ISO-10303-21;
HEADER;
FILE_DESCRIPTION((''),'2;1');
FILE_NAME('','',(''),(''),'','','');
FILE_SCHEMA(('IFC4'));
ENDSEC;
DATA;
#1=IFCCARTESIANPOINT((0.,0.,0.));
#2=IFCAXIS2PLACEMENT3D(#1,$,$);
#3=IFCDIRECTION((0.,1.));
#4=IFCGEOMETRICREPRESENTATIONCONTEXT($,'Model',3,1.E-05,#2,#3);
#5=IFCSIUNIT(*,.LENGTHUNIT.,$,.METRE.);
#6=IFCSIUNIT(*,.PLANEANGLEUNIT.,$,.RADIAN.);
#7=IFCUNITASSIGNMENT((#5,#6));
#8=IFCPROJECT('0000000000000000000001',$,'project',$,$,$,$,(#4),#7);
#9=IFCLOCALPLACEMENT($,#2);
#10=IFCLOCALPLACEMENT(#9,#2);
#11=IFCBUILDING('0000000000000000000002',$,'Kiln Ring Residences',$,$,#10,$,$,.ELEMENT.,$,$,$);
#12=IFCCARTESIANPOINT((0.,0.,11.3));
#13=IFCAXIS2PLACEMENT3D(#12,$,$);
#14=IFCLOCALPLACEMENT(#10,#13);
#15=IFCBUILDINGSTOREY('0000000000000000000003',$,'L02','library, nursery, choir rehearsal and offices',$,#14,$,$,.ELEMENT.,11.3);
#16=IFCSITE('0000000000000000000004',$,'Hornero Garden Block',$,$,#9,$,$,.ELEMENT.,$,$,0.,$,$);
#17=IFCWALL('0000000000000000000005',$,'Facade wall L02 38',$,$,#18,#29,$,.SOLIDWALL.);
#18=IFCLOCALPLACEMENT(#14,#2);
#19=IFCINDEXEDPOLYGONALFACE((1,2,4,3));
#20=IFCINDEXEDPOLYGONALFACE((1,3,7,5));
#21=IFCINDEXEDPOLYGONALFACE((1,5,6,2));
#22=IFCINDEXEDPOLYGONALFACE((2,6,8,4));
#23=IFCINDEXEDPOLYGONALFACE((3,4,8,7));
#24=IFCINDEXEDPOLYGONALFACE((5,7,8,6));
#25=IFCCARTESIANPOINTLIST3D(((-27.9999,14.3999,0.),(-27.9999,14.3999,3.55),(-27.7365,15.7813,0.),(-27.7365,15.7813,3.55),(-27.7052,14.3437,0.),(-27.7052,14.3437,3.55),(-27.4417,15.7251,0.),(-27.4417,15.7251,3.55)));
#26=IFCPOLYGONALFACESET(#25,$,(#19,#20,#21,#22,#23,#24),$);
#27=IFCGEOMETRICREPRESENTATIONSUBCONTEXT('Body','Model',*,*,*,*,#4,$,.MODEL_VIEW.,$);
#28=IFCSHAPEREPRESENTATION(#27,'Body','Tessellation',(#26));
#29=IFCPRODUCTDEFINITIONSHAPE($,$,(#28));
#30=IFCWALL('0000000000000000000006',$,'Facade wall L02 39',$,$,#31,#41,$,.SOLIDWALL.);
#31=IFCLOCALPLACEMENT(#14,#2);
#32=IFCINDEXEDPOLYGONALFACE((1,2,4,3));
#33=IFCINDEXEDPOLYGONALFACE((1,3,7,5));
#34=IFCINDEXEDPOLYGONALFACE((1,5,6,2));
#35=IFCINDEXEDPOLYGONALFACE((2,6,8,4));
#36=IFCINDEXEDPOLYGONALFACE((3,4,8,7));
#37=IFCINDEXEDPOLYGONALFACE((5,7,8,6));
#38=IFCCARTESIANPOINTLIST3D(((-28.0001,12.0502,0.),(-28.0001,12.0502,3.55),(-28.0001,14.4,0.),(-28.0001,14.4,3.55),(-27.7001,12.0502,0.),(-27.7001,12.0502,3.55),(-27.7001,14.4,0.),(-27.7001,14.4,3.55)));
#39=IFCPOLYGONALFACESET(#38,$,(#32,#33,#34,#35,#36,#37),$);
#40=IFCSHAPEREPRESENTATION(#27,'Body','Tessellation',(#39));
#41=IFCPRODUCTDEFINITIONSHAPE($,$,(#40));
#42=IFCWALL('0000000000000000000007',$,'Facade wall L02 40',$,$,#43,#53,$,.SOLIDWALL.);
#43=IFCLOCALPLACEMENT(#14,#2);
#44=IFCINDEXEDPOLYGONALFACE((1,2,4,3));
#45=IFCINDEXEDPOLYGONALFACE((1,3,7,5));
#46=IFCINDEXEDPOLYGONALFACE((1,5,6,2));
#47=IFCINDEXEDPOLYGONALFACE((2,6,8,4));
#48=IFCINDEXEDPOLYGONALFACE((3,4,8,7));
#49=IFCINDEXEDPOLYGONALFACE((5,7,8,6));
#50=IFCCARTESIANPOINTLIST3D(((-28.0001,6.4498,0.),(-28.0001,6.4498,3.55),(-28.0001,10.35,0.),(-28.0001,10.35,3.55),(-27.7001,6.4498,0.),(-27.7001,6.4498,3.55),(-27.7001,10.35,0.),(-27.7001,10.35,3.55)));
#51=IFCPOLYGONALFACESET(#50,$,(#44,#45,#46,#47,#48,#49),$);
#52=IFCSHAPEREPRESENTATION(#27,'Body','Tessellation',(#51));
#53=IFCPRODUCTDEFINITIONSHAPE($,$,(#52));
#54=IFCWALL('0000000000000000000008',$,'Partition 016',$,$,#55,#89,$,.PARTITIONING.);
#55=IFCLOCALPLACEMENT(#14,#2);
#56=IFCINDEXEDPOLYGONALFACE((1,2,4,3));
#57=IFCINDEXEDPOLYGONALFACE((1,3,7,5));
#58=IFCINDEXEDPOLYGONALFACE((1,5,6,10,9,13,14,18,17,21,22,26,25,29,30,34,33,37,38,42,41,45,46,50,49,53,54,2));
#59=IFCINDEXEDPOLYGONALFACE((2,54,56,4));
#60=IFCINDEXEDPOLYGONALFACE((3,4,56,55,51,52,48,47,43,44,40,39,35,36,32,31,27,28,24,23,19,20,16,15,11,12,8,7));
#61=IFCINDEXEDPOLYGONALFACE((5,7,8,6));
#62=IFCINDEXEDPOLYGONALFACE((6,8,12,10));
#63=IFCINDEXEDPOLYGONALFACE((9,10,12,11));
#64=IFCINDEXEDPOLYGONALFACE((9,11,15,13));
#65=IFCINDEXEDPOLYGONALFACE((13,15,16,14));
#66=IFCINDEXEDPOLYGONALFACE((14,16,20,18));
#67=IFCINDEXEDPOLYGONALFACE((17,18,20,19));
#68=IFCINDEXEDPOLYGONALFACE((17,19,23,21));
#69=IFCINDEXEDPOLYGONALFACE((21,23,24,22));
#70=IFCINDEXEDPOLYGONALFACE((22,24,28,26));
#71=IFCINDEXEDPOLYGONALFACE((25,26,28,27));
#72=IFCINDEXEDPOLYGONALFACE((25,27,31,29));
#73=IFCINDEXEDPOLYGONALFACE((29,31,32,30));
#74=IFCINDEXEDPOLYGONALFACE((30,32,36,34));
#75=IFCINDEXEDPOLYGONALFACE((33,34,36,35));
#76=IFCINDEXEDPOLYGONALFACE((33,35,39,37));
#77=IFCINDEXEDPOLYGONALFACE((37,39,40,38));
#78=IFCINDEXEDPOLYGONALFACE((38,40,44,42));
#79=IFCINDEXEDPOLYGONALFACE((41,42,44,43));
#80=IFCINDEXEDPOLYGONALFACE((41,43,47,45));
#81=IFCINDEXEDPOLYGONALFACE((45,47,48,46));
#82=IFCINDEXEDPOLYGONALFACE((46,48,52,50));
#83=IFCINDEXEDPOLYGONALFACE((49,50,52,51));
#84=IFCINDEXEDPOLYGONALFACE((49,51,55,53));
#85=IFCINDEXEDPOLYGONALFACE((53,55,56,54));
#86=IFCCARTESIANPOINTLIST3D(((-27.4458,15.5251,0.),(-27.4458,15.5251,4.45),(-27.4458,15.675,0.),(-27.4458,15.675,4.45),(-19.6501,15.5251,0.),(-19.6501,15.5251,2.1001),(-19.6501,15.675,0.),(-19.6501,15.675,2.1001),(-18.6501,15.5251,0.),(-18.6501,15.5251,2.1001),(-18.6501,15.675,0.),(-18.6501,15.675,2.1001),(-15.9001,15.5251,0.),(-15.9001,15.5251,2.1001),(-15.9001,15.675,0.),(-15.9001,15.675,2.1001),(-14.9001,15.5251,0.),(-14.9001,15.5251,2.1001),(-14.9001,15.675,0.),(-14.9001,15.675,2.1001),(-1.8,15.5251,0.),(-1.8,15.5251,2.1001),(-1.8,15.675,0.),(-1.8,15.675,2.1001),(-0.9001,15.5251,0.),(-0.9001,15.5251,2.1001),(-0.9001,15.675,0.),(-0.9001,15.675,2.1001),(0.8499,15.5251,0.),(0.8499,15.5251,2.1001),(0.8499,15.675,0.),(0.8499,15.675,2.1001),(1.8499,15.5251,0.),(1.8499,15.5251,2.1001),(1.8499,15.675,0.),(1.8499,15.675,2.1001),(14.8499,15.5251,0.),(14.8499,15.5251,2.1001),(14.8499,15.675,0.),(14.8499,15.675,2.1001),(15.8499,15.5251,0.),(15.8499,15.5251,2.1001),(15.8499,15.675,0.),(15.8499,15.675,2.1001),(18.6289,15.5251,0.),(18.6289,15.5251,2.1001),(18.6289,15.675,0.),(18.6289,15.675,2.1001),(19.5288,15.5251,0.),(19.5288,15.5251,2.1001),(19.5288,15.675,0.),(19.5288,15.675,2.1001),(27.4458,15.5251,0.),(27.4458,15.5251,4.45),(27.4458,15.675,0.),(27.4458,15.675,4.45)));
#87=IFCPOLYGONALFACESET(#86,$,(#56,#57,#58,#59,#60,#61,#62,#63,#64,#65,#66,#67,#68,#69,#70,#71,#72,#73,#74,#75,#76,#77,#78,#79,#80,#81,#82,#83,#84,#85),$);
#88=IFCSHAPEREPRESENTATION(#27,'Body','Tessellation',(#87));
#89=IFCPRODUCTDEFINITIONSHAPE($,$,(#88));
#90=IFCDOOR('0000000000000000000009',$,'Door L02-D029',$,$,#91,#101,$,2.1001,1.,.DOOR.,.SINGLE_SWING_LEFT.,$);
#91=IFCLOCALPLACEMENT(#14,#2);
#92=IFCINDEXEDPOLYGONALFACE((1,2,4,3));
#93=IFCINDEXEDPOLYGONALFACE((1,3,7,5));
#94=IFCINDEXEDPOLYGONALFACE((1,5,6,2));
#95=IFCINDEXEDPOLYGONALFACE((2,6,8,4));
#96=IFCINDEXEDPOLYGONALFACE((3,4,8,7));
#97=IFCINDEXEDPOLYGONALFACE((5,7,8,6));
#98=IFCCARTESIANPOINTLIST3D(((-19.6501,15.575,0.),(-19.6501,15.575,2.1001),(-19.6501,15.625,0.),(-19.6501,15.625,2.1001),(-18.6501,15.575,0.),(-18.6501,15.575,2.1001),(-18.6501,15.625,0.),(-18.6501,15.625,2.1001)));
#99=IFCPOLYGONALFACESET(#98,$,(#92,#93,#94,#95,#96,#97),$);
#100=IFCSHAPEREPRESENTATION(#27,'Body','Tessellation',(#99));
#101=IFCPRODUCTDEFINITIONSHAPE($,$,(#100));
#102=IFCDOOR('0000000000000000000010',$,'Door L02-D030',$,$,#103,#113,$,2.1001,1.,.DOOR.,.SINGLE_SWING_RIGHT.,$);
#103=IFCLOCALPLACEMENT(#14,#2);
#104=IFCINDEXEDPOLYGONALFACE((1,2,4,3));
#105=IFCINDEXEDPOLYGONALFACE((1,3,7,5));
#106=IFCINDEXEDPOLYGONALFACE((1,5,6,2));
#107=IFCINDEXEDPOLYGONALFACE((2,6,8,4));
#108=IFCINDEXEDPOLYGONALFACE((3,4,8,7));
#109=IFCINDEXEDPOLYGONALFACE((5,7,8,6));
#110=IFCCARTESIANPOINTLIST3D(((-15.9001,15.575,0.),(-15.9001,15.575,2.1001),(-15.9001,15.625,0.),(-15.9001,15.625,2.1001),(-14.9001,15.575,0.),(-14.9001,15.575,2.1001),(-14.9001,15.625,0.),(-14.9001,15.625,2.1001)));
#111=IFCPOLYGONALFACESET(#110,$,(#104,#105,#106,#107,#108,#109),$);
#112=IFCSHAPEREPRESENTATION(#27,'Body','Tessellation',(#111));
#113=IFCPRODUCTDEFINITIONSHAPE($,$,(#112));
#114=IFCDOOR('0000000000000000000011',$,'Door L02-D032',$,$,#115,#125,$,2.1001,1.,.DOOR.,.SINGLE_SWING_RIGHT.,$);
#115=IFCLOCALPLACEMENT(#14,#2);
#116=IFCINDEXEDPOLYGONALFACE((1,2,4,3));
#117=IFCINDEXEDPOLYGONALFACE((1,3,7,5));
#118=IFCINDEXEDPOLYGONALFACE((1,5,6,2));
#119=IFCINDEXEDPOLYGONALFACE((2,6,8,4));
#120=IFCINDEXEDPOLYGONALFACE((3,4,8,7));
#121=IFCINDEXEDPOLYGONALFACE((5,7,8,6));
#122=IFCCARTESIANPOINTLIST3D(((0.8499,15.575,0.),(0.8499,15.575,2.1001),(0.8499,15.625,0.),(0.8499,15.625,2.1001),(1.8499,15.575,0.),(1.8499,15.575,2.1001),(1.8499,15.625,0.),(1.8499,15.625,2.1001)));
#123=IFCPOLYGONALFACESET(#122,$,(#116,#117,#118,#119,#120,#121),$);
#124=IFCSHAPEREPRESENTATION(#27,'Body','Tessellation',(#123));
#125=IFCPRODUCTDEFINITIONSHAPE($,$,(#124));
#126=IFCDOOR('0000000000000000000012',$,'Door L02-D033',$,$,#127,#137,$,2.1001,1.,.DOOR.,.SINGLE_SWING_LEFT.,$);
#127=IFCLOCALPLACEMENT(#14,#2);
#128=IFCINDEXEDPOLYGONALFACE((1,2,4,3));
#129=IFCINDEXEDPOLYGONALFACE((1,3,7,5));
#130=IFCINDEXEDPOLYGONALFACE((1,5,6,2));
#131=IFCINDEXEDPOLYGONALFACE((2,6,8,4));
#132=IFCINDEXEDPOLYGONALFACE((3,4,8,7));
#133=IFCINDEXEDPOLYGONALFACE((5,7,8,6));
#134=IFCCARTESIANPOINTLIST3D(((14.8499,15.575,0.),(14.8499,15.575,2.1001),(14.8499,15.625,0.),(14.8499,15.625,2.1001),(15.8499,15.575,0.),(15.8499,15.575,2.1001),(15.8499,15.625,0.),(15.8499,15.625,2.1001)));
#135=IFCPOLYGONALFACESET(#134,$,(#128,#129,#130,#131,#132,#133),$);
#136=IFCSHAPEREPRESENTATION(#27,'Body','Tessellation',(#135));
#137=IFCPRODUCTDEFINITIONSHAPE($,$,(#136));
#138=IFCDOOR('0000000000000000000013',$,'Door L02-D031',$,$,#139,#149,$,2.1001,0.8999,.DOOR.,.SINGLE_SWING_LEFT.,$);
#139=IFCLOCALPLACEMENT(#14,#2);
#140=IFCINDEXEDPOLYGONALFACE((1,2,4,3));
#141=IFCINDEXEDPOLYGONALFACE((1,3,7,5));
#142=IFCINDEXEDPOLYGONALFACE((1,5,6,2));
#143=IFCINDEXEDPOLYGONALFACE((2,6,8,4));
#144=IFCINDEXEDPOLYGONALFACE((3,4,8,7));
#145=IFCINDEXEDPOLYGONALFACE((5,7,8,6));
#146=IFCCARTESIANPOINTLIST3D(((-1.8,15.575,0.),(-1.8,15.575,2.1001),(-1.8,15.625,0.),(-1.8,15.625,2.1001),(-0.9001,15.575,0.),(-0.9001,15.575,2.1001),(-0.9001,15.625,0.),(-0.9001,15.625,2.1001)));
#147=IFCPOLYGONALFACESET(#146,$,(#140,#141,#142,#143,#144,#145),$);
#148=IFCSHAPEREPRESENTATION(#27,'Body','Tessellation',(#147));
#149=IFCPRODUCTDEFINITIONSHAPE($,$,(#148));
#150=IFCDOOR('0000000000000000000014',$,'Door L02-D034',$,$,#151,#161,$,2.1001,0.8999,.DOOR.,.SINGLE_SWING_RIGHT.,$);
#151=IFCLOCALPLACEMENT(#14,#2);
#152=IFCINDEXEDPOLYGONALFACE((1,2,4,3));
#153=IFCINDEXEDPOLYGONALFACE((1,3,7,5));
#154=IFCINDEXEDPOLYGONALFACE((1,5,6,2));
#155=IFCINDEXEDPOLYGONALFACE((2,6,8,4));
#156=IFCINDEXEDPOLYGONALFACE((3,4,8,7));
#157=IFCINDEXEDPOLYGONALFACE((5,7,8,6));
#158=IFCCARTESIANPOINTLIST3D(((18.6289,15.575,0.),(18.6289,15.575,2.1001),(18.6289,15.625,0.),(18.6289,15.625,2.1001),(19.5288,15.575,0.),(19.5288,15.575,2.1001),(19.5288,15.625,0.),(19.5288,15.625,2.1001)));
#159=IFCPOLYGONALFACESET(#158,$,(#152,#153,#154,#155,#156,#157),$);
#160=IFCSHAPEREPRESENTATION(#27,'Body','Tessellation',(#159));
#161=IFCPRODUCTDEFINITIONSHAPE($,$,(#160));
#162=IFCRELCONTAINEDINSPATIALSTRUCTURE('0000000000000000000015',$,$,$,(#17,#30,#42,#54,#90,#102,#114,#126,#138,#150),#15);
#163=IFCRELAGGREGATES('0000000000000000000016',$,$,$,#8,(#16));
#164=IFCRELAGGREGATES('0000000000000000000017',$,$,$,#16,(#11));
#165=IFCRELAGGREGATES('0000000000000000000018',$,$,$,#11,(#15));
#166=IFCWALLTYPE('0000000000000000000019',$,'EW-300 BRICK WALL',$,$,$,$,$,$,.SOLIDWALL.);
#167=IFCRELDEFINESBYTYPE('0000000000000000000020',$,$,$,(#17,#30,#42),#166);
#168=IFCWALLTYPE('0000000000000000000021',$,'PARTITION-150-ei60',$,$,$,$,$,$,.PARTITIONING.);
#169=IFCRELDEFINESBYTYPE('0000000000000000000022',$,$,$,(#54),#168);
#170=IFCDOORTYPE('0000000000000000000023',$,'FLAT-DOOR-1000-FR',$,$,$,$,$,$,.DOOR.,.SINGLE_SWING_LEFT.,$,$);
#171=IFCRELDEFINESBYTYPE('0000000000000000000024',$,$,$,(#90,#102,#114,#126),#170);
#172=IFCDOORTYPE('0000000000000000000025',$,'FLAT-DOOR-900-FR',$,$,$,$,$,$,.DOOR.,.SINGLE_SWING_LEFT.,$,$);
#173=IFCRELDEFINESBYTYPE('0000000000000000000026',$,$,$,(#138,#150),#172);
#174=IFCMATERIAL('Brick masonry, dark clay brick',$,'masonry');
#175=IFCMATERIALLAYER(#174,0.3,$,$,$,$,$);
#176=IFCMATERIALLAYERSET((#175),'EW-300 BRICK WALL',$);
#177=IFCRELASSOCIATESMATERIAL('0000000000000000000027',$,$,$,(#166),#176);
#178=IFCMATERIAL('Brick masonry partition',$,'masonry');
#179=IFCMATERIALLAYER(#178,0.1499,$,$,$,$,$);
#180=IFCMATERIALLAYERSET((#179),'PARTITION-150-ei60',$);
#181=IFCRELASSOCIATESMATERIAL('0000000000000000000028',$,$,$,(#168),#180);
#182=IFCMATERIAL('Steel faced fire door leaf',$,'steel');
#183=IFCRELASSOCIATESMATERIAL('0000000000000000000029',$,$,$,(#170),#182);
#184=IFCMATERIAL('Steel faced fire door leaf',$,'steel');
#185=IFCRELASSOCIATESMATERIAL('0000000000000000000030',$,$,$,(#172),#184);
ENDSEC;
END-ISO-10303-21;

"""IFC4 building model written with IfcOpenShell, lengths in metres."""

from ifc_helpers import new_model, si_unit, direction, frame, frame_2d, origin, place, context, subcontext, project, spatial, rectangle, extrude, material, layer, layer_set, type_object, element, fill, save


model = new_model("IFC4")

# Units and contexts
model_context = context("Model", 3, precision=1e-05, world=origin(), true_north=direction((0.0, 1.0)))
body_context = subcontext(model_context, "Body", "Model", "MODEL_VIEW")
ifc_project = project(units=[si_unit("LENGTHUNIT", "METRE"), si_unit("PLANEANGLEUNIT", "RADIAN")], contexts=[model_context])

# Site, building, storey
site_placement = place(None, origin())
site = spatial("IfcSite", under=ifc_project, at=site_placement, Name="Hornero Garden Block", CompositionType="ELEMENT", RefElevation=0.0)
building_placement = place(site_placement, origin())
building = spatial("IfcBuilding", under=site, at=building_placement, Name="Kiln Ring Residences", CompositionType="ELEMENT")
storey_placement = place(building_placement, frame((0.0, 0.0, 11.3)))
storey = spatial("IfcBuildingStorey", under=building, at=storey_placement, Name="L02", Description="library, nursery, choir rehearsal and offices", CompositionType="ELEMENT", Elevation=11.3)

# Shared definitions
ifc_material_1 = material(Name="Brick masonry, dark clay brick", Category="masonry")
ifc_layer_1 = layer(ifc_material_1, 0.3)
ifc_layer_set_1 = layer_set([ifc_layer_1], Name="EW-300 BRICK WALL")
wall_type_1 = type_object("IfcWallType", Name="EW-300 BRICK WALL", PredefinedType="SOLIDWALL", material=ifc_layer_set_1)

# Walls
wall_1_placement = place(storey_placement, frame((-27.5891, 15.7532, 0.0), z_axis=(0.0, 0.0, 1.0), x_axis=(-0.187328, -0.982298, 0.0)))
element("IfcWall", 1, at=wall_1_placement, inside=storey, type_object=wall_type_1, Name="Facade wall L02 38", PredefinedType="SOLIDWALL", context=body_context, shape_type="SweptSolid", body=[
    extrude(rectangle(XDim=1.4062, YDim=0.3, at=frame_2d((0.7031, 0.0))), origin(), (0.0, 0.0, 1.0), 3.55),
])
wall_2_placement = place(storey_placement, frame((-27.8501, 14.3999, 0.0), z_axis=(0.0, 0.0, 1.0), x_axis=(0.0, -1.0, 0.0)))
element("IfcWall", 2, at=wall_2_placement, inside=storey, type_object=wall_type_1, Name="Facade wall L02 39", PredefinedType="SOLIDWALL", context=body_context, shape_type="SweptSolid", body=[
    extrude(rectangle(XDim=2.3499, YDim=0.3, at=frame_2d((1.1748, 0.0))), origin(), (0.0, 0.0, 1.0), 3.55),
])
wall_3_placement = place(storey_placement, frame((-27.8501, 10.3501, 0.0), z_axis=(0.0, 0.0, 1.0), x_axis=(0.0, -1.0, 0.0)))
element("IfcWall", 3, at=wall_3_placement, inside=storey, type_object=wall_type_1, Name="Facade wall L02 40", PredefinedType="SOLIDWALL", context=body_context, shape_type="SweptSolid", body=[
    extrude(rectangle(XDim=3.9001, YDim=0.3, at=frame_2d((1.9502, 0.0))), origin(), (0.0, 0.0, 1.0), 3.55),
])

# Wall, openings, doors
ifc_material_2 = material(Name="Brick masonry partition", Category="masonry")
ifc_layer_2 = layer(ifc_material_2, 0.1499)
ifc_layer_set_2 = layer_set([ifc_layer_2], Name="PARTITION-150-ei60")
wall_type_2 = type_object("IfcWallType", Name="PARTITION-150-ei60", PredefinedType="PARTITIONING", material=ifc_layer_set_2)
wall_4_placement = place(storey_placement, frame((-27.4458, 15.6001, 0.0), z_axis=(0.0, 0.0, 1.0), x_axis=(1.0, 0.0, 0.0)))
wall_4 = element("IfcWall", 4, at=wall_4_placement, inside=storey, type_object=wall_type_2, Name="Partition 016", PredefinedType="PARTITIONING", context=body_context, shape_type="SweptSolid", body=[
    extrude(rectangle(XDim=54.8916, YDim=0.1499, at=frame_2d((27.4458, 0.0))), origin(), (0.0, 0.0, 1.0), 4.45),
])
opening_1_placement = place(wall_4_placement, frame((7.7957, 0.0, 0.0)))
opening_1 = element("IfcOpeningElement", 5, at=opening_1_placement, cuts=wall_4, PredefinedType="OPENING", context=body_context, shape_type="SweptSolid", body=[
    extrude(rectangle(XDim=1.0, YDim=2.1001, at=frame_2d((0.5, 1.05))), frame((0.0, 0.085, 0.0), z_axis=(0.0, -1.0, 0.0), x_axis=(1.0, 0.0, 0.0)), (0.0, 0.0, 1.0), 0.1699),
])
opening_2_placement = place(wall_4_placement, frame((11.5457, 0.0, 0.0)))
opening_2 = element("IfcOpeningElement", 6, at=opening_2_placement, cuts=wall_4, PredefinedType="OPENING", context=body_context, shape_type="SweptSolid", body=[
    extrude(rectangle(XDim=1.0, YDim=2.1001, at=frame_2d((0.5, 1.05))), frame((0.0, 0.085, 0.0), z_axis=(0.0, -1.0, 0.0), x_axis=(1.0, 0.0, 0.0)), (0.0, 0.0, 1.0), 0.1699),
])
opening_3_placement = place(wall_4_placement, frame((25.6458, 0.0, 0.0)))
opening_3 = element("IfcOpeningElement", 7, at=opening_3_placement, cuts=wall_4, PredefinedType="OPENING", context=body_context, shape_type="SweptSolid", body=[
    extrude(rectangle(XDim=0.8999, YDim=2.1001, at=frame_2d((0.45, 1.05))), frame((0.0, 0.085, 0.0), z_axis=(0.0, -1.0, 0.0), x_axis=(1.0, 0.0, 0.0)), (0.0, 0.0, 1.0), 0.1699),
])
opening_4_placement = place(wall_4_placement, frame((28.2957, 0.0, 0.0)))
opening_4 = element("IfcOpeningElement", 8, at=opening_4_placement, cuts=wall_4, PredefinedType="OPENING", context=body_context, shape_type="SweptSolid", body=[
    extrude(rectangle(XDim=1.0, YDim=2.1001, at=frame_2d((0.5, 1.05))), frame((0.0, 0.085, 0.0), z_axis=(0.0, -1.0, 0.0), x_axis=(1.0, 0.0, 0.0)), (0.0, 0.0, 1.0), 0.1699),
])
opening_5_placement = place(wall_4_placement, frame((42.2957, 0.0, 0.0)))
opening_5 = element("IfcOpeningElement", 9, at=opening_5_placement, cuts=wall_4, PredefinedType="OPENING", context=body_context, shape_type="SweptSolid", body=[
    extrude(rectangle(XDim=1.0, YDim=2.1001, at=frame_2d((0.5, 1.05))), frame((0.0, 0.085, 0.0), z_axis=(0.0, -1.0, 0.0), x_axis=(1.0, 0.0, 0.0)), (0.0, 0.0, 1.0), 0.1699),
])
opening_6_placement = place(wall_4_placement, frame((46.0747, 0.0, 0.0)))
opening_6 = element("IfcOpeningElement", 10, at=opening_6_placement, cuts=wall_4, PredefinedType="OPENING", context=body_context, shape_type="SweptSolid", body=[
    extrude(rectangle(XDim=0.8999, YDim=2.1001, at=frame_2d((0.45, 1.05))), frame((0.0, 0.085, 0.0), z_axis=(0.0, -1.0, 0.0), x_axis=(1.0, 0.0, 0.0)), (0.0, 0.0, 1.0), 0.1699),
])
ifc_material_3 = material(Name="Steel faced fire door leaf", Category="steel")
door_type_1 = type_object("IfcDoorType", Name="FLAT-DOOR-1000-FR", OperationType="SINGLE_SWING_LEFT", PredefinedType="DOOR", material=ifc_material_3)
door_1_placement = place(opening_1_placement, origin())
door_1 = element("IfcDoor", 11, at=door_1_placement, inside=storey, type_object=door_type_1, Name="Door L02-D029", OperationType="SINGLE_SWING_LEFT", OverallHeight=2.1001, OverallWidth=1.0, PredefinedType="DOOR", context=body_context, shape_type="SweptSolid", body=[
    extrude(rectangle(XDim=1.0, YDim=2.1001, at=frame_2d((0.5, 1.05))), frame((0.0, 0.0249, 0.0), z_axis=(0.0, -1.0, 0.0), x_axis=(1.0, 0.0, 0.0)), (0.0, 0.0, 1.0), 0.05),
])
fill(opening_1, door_1)
door_2_placement = place(opening_2_placement, origin())
door_2 = element("IfcDoor", 12, at=door_2_placement, inside=storey, type_object=door_type_1, Name="Door L02-D030", OperationType="SINGLE_SWING_RIGHT", OverallHeight=2.1001, OverallWidth=1.0, PredefinedType="DOOR", context=body_context, shape_type="SweptSolid", body=[
    extrude(rectangle(XDim=1.0, YDim=2.1001, at=frame_2d((0.5, 1.05))), frame((0.0, 0.0249, 0.0), z_axis=(0.0, -1.0, 0.0), x_axis=(1.0, 0.0, 0.0)), (0.0, 0.0, 1.0), 0.05),
])
fill(opening_2, door_2)
door_3_placement = place(opening_4_placement, origin())
door_3 = element("IfcDoor", 13, at=door_3_placement, inside=storey, type_object=door_type_1, Name="Door L02-D032", OperationType="SINGLE_SWING_RIGHT", OverallHeight=2.1001, OverallWidth=1.0, PredefinedType="DOOR", context=body_context, shape_type="SweptSolid", body=[
    extrude(rectangle(XDim=1.0, YDim=2.1001, at=frame_2d((0.5, 1.05))), frame((0.0, 0.0249, 0.0), z_axis=(0.0, -1.0, 0.0), x_axis=(1.0, 0.0, 0.0)), (0.0, 0.0, 1.0), 0.05),
])
fill(opening_4, door_3)
door_4_placement = place(opening_5_placement, origin())
door_4 = element("IfcDoor", 14, at=door_4_placement, inside=storey, type_object=door_type_1, Name="Door L02-D033", OperationType="SINGLE_SWING_LEFT", OverallHeight=2.1001, OverallWidth=1.0, PredefinedType="DOOR", context=body_context, shape_type="SweptSolid", body=[
    extrude(rectangle(XDim=1.0, YDim=2.1001, at=frame_2d((0.5, 1.05))), frame((0.0, 0.0249, 0.0), z_axis=(0.0, -1.0, 0.0), x_axis=(1.0, 0.0, 0.0)), (0.0, 0.0, 1.0), 0.05),
])
fill(opening_5, door_4)
ifc_material_4 = material(Name="Steel faced fire door leaf", Category="steel")
door_type_2 = type_object("IfcDoorType", Name="FLAT-DOOR-900-FR", OperationType="SINGLE_SWING_LEFT", PredefinedType="DOOR", material=ifc_material_4)
door_5_placement = place(opening_3_placement, origin())
door_5 = element("IfcDoor", 15, at=door_5_placement, inside=storey, type_object=door_type_2, Name="Door L02-D031", OperationType="SINGLE_SWING_LEFT", OverallHeight=2.1001, OverallWidth=0.8999, PredefinedType="DOOR", context=body_context, shape_type="SweptSolid", body=[
    extrude(rectangle(XDim=0.8999, YDim=2.1001, at=frame_2d((0.45, 1.05))), frame((0.0, 0.0249, 0.0), z_axis=(0.0, -1.0, 0.0), x_axis=(1.0, 0.0, 0.0)), (0.0, 0.0, 1.0), 0.05),
])
fill(opening_3, door_5)
door_6_placement = place(opening_6_placement, origin())
door_6 = element("IfcDoor", 16, at=door_6_placement, inside=storey, type_object=door_type_2, Name="Door L02-D034", OperationType="SINGLE_SWING_RIGHT", OverallHeight=2.1001, OverallWidth=0.8999, PredefinedType="DOOR", context=body_context, shape_type="SweptSolid", body=[
    extrude(rectangle(XDim=0.8999, YDim=2.1001, at=frame_2d((0.45, 1.05))), frame((0.0, 0.0249, 0.0), z_axis=(0.0, -1.0, 0.0), x_axis=(1.0, 0.0, 0.0)), (0.0, 0.0, 1.0), 0.05),
])
fill(opening_6, door_6)

save(model, "model.ifc")
